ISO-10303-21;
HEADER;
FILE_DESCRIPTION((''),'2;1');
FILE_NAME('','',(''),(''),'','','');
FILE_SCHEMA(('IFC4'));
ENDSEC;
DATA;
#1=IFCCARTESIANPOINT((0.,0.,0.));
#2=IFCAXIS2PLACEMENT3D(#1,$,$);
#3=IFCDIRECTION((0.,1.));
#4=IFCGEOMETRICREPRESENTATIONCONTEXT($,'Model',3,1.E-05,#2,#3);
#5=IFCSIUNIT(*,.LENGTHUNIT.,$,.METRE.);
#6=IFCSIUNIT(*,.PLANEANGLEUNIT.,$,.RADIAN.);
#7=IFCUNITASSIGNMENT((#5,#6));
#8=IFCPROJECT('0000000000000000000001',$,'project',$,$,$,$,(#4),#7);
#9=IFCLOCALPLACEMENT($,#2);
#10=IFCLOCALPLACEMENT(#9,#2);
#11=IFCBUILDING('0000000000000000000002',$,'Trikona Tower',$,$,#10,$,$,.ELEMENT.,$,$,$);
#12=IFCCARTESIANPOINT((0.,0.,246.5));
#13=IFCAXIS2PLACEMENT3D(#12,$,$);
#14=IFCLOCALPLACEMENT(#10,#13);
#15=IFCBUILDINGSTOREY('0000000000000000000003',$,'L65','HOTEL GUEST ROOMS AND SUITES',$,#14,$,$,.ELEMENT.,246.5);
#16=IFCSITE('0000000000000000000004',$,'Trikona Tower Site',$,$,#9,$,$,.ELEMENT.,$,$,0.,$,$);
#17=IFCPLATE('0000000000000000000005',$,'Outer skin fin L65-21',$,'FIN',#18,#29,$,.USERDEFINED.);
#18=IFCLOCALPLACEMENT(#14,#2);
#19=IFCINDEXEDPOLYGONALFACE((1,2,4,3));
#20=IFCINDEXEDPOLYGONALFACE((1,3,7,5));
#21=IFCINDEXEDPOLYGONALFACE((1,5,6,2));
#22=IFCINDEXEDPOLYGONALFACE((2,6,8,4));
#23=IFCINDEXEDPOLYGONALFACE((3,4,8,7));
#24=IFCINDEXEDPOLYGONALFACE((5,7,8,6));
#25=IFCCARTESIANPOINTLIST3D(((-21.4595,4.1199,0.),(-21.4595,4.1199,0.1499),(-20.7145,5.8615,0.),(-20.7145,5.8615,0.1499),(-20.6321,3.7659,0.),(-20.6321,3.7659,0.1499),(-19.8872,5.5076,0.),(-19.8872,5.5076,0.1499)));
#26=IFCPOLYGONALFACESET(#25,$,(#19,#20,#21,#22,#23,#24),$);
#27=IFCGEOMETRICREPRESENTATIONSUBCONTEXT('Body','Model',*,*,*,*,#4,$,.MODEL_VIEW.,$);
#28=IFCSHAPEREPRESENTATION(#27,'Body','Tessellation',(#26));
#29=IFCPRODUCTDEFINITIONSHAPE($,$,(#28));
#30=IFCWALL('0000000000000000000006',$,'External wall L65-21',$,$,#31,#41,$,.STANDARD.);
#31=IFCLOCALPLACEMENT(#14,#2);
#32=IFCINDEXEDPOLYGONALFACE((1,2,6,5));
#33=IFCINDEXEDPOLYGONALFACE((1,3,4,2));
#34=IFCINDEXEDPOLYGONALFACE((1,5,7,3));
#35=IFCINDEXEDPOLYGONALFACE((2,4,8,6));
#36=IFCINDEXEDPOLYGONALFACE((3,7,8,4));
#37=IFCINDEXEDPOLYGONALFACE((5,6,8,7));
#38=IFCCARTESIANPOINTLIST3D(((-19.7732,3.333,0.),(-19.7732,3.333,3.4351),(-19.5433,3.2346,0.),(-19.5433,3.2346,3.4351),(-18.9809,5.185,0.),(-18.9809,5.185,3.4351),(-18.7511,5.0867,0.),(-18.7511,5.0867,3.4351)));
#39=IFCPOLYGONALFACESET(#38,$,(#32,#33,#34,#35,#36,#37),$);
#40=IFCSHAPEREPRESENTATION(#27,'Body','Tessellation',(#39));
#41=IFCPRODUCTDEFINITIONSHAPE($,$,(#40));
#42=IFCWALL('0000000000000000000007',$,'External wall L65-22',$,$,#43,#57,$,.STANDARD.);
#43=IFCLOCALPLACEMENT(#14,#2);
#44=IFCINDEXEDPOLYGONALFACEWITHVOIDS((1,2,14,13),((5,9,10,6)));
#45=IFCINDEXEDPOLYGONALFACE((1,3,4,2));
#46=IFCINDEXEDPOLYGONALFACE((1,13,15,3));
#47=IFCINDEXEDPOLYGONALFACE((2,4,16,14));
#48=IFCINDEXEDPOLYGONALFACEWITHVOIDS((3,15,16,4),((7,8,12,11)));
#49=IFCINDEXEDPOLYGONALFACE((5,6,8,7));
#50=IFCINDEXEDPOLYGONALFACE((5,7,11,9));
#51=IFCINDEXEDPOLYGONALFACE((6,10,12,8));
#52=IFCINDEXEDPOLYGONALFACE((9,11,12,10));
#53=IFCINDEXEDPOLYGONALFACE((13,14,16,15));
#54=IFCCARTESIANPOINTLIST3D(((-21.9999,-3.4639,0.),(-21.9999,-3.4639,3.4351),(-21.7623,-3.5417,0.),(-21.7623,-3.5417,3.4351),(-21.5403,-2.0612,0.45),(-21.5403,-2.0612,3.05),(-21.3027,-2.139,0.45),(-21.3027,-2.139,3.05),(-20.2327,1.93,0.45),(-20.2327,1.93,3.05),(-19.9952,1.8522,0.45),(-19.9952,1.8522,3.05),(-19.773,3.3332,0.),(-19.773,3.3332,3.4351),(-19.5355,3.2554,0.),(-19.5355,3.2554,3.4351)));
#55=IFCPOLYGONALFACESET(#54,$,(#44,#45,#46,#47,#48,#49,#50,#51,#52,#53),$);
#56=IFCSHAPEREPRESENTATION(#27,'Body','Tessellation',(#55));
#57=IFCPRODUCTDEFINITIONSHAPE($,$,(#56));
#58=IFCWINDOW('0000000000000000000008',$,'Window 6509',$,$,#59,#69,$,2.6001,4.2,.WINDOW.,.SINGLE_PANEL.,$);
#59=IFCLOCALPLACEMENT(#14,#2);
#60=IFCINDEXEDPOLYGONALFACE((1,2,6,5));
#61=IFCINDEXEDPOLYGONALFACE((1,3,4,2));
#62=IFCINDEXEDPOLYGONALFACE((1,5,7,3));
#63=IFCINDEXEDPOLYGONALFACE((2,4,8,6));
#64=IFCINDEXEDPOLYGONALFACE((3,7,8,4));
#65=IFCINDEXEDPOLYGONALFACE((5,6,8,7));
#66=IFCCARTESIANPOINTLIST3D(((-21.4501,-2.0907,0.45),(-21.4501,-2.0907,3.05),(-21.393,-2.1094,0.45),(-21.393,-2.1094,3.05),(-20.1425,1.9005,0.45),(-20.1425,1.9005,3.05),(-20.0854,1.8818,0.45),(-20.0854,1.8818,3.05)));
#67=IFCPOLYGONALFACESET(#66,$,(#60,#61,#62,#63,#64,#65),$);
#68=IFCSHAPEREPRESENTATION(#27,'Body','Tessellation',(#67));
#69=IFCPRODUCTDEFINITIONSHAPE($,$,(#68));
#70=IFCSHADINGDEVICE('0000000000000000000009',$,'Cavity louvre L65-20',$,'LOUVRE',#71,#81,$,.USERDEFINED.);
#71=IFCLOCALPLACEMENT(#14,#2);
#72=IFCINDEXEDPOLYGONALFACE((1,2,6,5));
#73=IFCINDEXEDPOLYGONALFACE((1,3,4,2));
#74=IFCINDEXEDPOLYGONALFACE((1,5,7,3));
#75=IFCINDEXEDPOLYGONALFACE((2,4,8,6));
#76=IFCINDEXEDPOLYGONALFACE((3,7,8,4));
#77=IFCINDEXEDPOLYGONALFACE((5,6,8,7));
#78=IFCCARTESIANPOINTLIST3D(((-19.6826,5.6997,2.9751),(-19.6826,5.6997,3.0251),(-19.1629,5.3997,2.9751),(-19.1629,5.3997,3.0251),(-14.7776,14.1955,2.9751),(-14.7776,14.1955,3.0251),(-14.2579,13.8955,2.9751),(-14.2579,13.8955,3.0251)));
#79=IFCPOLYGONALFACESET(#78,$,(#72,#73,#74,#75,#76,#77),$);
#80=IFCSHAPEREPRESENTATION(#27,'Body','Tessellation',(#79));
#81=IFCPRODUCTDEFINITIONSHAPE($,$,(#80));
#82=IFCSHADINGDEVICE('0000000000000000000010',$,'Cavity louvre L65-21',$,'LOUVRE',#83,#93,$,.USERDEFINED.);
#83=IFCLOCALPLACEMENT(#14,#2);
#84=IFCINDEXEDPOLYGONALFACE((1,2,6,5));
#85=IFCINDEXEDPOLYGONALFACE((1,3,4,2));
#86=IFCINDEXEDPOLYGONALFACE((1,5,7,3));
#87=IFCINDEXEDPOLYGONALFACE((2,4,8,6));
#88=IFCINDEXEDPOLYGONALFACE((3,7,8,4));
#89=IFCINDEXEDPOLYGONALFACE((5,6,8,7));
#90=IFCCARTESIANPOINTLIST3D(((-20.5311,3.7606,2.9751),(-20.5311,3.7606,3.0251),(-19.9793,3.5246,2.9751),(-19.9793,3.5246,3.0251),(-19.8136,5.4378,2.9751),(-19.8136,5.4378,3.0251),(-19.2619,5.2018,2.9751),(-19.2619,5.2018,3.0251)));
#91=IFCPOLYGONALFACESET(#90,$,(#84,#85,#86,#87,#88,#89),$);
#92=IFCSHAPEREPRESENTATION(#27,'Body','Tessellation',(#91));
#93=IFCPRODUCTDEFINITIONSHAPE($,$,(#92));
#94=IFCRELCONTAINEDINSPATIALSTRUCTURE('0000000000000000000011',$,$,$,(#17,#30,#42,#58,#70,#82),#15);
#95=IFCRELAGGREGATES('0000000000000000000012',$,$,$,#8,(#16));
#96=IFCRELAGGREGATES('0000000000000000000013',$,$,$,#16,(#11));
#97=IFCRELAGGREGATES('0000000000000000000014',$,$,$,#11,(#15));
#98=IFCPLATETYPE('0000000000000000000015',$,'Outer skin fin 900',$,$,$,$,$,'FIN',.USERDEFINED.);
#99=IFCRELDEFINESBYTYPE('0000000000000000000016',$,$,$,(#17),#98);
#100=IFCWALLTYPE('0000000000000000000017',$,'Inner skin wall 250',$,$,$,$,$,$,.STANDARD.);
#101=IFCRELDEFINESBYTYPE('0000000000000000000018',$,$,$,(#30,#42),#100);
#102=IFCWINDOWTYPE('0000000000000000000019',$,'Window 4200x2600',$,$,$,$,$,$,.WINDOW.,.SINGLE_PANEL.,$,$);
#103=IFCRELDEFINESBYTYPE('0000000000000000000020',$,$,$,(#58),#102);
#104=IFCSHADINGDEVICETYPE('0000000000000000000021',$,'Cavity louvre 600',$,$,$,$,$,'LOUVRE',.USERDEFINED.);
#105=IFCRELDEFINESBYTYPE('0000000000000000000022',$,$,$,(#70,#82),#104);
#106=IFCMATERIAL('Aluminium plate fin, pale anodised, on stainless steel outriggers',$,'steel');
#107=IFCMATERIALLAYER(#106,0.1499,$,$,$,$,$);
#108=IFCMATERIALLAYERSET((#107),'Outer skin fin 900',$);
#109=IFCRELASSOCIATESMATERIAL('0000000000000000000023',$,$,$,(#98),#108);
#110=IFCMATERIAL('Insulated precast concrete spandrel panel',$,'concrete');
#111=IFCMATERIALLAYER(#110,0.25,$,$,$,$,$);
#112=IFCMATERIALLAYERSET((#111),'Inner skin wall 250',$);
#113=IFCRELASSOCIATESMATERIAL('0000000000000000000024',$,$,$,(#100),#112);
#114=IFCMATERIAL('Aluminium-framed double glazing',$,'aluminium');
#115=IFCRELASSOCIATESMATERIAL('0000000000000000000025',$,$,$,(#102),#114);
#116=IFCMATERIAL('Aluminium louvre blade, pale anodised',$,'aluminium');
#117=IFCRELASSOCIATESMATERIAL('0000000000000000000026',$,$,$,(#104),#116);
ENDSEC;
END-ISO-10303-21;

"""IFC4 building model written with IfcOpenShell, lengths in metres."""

from ifc_helpers import new_model, si_unit, direction, frame, frame_2d, origin, origin_2d, place, context, subcontext, project, spatial, rectangle, extrude, material, layer, layer_set, type_object, element, fill, save


model = new_model("IFC4")

# Units and contexts
model_context = context("Model", 3, precision=1e-05, world=origin(), true_north=direction((0.0, 1.0)))
body_context = subcontext(model_context, "Body", "Model", "MODEL_VIEW")
ifc_project = project(units=[si_unit("LENGTHUNIT", "METRE"), si_unit("PLANEANGLEUNIT", "RADIAN")], contexts=[model_context])

# Site, building, storey
site_placement = place(None, origin())
site = spatial("IfcSite", under=ifc_project, at=site_placement, Name="Trikona Tower Site", CompositionType="ELEMENT", RefElevation=0.0)
building_placement = place(site_placement, origin())
building = spatial("IfcBuilding", under=site, at=building_placement, Name="Trikona Tower", CompositionType="ELEMENT")
storey_placement = place(building_placement, frame((0.0, 0.0, 246.5)))
storey = spatial("IfcBuildingStorey", under=building, at=storey_placement, Name="L65", Description="HOTEL GUEST ROOMS AND SUITES", CompositionType="ELEMENT", Elevation=246.5)

# Plate
ifc_material_1 = material(Name="Aluminium plate fin, pale anodised, on stainless steel outriggers", Category="steel")
ifc_layer_1 = layer(ifc_material_1, 0.1499)
ifc_layer_set_1 = layer_set([ifc_layer_1], Name="Outer skin fin 900")
plate_type_1 = type_object("IfcPlateType", Name="Outer skin fin 900", ElementType="FIN", PredefinedType="USERDEFINED", material=ifc_layer_set_1)
plate_1_placement = place(storey_placement, frame((-20.6733, 4.8137, 0.0), z_axis=(0.0, 0.0, 1.0), x_axis=(-0.393284, -0.919417, 0.0)))
element("IfcPlate", 1, at=plate_1_placement, inside=storey, type_object=plate_type_1, Name="Outer skin fin L65-21", ObjectType="FIN", PredefinedType="USERDEFINED", context=body_context, shape_type="SweptSolid", body=[
    extrude(rectangle(XDim=1.8943, YDim=0.8999, at=origin_2d()), origin(), (0.0, 0.0, 1.0), 0.1499),
])

# Wall
ifc_material_2 = material(Name="Insulated precast concrete spandrel panel", Category="concrete")
ifc_layer_2 = layer(ifc_material_2, 0.25)
ifc_layer_set_2 = layer_set([ifc_layer_2], Name="Inner skin wall 250")
wall_type = type_object("IfcWallType", Name="Inner skin wall 250", PredefinedType="STANDARD", material=ifc_layer_set_2)
wall_1_placement = place(storey_placement, frame((-18.866, 5.136, 0.0), z_axis=(0.0, 0.0, 1.0), x_axis=(-0.39329, -0.919414, 0.0)))
element("IfcWall", 2, at=wall_1_placement, inside=storey, type_object=wall_type, Name="External wall L65-21", PredefinedType="STANDARD", context=body_context, shape_type="SweptSolid", body=[
    extrude(rectangle(XDim=2.0144, YDim=0.25, at=frame_2d((1.0073, 0.0))), origin(), (0.0, 0.0, 1.0), 3.4351),
])

# Wall, opening, window
wall_2_placement = place(storey_placement, frame((-19.6543, 3.2942, 0.0), z_axis=(0.0, 0.0, 1.0), x_axis=(-0.311329, -0.950302, 0.0)))
wall_2 = element("IfcWall", 3, at=wall_2_placement, inside=storey, type_object=wall_type, Name="External wall L65-22", PredefinedType="STANDARD", context=body_context, shape_type="SweptSolid", body=[
    extrude(rectangle(XDim=7.1526, YDim=0.25, at=frame_2d((3.5762, 0.0))), origin(), (0.0, 0.0, 1.0), 3.4351),
])
opening_placement = place(wall_2_placement, frame((1.4763, 0.0, 0.45)))
opening = element("IfcOpeningElement", 4, at=opening_placement, cuts=wall_2, PredefinedType="OPENING", context=body_context, shape_type="SweptSolid", body=[
    extrude(rectangle(XDim=4.2, YDim=2.6001, at=frame_2d((2.1001, 1.3))), frame((0.0, 0.135, 0.0), z_axis=(0.0, -1.0, 0.0), x_axis=(1.0, 0.0, 0.0)), (0.0, 0.0, 1.0), 0.27),
])
ifc_material_3 = material(Name="Aluminium-framed double glazing", Category="aluminium")
window_type = type_object("IfcWindowType", Name="Window 4200x2600", PartitioningType="SINGLE_PANEL", PredefinedType="WINDOW", material=ifc_material_3)
window_placement = place(opening_placement, origin())
window = element("IfcWindow", 5, at=window_placement, inside=storey, type_object=window_type, Name="Window 6509", OverallHeight=2.6001, OverallWidth=4.2, PartitioningType="SINGLE_PANEL", PredefinedType="WINDOW", context=body_context, shape_type="SweptSolid", body=[
    extrude(rectangle(XDim=4.2, YDim=2.6001, at=frame_2d((2.1001, 1.3))), frame((0.0, 0.03, 0.0), z_axis=(0.0, -1.0, 0.0), x_axis=(1.0, 0.0, 0.0)), (0.0, 0.0, 1.0), 0.0601),
])
fill(opening, window)

# Shading devices
ifc_material_4 = material(Name="Aluminium louvre blade, pale anodised", Category="aluminium")
shading_device_type = type_object("IfcShadingDeviceType", Name="Cavity louvre 600", ElementType="LOUVRE", PredefinedType="USERDEFINED", material=ifc_material_4)
shading_device_1_placement = place(storey_placement, frame((-16.9702, 9.7976, 2.9751), z_axis=(0.0, 0.0, 1.0), x_axis=(-0.499998, -0.866026, 0.0)))
element("IfcShadingDevice", 6, at=shading_device_1_placement, inside=storey, type_object=shading_device_type, Name="Cavity louvre L65-20", ObjectType="LOUVRE", PredefinedType="USERDEFINED", context=body_context, shape_type="SweptSolid", body=[
    extrude(rectangle(XDim=9.8101, YDim=0.6001, at=origin_2d()), origin(), (0.0, 0.0, 1.0), 0.05),
])
shading_device_2_placement = place(storey_placement, frame((-19.8965, 4.4812, 2.9751), z_axis=(0.0, 0.0, 1.0), x_axis=(-0.393284, -0.919417, 0.0)))
element("IfcShadingDevice", 7, at=shading_device_2_placement, inside=storey, type_object=shading_device_type, Name="Cavity louvre L65-21", ObjectType="LOUVRE", PredefinedType="USERDEFINED", context=body_context, shape_type="SweptSolid", body=[
    extrude(rectangle(XDim=1.8242, YDim=0.6001, at=origin_2d()), origin(), (0.0, 0.0, 1.0), 0.05),
])

save(model, "model.ifc")
